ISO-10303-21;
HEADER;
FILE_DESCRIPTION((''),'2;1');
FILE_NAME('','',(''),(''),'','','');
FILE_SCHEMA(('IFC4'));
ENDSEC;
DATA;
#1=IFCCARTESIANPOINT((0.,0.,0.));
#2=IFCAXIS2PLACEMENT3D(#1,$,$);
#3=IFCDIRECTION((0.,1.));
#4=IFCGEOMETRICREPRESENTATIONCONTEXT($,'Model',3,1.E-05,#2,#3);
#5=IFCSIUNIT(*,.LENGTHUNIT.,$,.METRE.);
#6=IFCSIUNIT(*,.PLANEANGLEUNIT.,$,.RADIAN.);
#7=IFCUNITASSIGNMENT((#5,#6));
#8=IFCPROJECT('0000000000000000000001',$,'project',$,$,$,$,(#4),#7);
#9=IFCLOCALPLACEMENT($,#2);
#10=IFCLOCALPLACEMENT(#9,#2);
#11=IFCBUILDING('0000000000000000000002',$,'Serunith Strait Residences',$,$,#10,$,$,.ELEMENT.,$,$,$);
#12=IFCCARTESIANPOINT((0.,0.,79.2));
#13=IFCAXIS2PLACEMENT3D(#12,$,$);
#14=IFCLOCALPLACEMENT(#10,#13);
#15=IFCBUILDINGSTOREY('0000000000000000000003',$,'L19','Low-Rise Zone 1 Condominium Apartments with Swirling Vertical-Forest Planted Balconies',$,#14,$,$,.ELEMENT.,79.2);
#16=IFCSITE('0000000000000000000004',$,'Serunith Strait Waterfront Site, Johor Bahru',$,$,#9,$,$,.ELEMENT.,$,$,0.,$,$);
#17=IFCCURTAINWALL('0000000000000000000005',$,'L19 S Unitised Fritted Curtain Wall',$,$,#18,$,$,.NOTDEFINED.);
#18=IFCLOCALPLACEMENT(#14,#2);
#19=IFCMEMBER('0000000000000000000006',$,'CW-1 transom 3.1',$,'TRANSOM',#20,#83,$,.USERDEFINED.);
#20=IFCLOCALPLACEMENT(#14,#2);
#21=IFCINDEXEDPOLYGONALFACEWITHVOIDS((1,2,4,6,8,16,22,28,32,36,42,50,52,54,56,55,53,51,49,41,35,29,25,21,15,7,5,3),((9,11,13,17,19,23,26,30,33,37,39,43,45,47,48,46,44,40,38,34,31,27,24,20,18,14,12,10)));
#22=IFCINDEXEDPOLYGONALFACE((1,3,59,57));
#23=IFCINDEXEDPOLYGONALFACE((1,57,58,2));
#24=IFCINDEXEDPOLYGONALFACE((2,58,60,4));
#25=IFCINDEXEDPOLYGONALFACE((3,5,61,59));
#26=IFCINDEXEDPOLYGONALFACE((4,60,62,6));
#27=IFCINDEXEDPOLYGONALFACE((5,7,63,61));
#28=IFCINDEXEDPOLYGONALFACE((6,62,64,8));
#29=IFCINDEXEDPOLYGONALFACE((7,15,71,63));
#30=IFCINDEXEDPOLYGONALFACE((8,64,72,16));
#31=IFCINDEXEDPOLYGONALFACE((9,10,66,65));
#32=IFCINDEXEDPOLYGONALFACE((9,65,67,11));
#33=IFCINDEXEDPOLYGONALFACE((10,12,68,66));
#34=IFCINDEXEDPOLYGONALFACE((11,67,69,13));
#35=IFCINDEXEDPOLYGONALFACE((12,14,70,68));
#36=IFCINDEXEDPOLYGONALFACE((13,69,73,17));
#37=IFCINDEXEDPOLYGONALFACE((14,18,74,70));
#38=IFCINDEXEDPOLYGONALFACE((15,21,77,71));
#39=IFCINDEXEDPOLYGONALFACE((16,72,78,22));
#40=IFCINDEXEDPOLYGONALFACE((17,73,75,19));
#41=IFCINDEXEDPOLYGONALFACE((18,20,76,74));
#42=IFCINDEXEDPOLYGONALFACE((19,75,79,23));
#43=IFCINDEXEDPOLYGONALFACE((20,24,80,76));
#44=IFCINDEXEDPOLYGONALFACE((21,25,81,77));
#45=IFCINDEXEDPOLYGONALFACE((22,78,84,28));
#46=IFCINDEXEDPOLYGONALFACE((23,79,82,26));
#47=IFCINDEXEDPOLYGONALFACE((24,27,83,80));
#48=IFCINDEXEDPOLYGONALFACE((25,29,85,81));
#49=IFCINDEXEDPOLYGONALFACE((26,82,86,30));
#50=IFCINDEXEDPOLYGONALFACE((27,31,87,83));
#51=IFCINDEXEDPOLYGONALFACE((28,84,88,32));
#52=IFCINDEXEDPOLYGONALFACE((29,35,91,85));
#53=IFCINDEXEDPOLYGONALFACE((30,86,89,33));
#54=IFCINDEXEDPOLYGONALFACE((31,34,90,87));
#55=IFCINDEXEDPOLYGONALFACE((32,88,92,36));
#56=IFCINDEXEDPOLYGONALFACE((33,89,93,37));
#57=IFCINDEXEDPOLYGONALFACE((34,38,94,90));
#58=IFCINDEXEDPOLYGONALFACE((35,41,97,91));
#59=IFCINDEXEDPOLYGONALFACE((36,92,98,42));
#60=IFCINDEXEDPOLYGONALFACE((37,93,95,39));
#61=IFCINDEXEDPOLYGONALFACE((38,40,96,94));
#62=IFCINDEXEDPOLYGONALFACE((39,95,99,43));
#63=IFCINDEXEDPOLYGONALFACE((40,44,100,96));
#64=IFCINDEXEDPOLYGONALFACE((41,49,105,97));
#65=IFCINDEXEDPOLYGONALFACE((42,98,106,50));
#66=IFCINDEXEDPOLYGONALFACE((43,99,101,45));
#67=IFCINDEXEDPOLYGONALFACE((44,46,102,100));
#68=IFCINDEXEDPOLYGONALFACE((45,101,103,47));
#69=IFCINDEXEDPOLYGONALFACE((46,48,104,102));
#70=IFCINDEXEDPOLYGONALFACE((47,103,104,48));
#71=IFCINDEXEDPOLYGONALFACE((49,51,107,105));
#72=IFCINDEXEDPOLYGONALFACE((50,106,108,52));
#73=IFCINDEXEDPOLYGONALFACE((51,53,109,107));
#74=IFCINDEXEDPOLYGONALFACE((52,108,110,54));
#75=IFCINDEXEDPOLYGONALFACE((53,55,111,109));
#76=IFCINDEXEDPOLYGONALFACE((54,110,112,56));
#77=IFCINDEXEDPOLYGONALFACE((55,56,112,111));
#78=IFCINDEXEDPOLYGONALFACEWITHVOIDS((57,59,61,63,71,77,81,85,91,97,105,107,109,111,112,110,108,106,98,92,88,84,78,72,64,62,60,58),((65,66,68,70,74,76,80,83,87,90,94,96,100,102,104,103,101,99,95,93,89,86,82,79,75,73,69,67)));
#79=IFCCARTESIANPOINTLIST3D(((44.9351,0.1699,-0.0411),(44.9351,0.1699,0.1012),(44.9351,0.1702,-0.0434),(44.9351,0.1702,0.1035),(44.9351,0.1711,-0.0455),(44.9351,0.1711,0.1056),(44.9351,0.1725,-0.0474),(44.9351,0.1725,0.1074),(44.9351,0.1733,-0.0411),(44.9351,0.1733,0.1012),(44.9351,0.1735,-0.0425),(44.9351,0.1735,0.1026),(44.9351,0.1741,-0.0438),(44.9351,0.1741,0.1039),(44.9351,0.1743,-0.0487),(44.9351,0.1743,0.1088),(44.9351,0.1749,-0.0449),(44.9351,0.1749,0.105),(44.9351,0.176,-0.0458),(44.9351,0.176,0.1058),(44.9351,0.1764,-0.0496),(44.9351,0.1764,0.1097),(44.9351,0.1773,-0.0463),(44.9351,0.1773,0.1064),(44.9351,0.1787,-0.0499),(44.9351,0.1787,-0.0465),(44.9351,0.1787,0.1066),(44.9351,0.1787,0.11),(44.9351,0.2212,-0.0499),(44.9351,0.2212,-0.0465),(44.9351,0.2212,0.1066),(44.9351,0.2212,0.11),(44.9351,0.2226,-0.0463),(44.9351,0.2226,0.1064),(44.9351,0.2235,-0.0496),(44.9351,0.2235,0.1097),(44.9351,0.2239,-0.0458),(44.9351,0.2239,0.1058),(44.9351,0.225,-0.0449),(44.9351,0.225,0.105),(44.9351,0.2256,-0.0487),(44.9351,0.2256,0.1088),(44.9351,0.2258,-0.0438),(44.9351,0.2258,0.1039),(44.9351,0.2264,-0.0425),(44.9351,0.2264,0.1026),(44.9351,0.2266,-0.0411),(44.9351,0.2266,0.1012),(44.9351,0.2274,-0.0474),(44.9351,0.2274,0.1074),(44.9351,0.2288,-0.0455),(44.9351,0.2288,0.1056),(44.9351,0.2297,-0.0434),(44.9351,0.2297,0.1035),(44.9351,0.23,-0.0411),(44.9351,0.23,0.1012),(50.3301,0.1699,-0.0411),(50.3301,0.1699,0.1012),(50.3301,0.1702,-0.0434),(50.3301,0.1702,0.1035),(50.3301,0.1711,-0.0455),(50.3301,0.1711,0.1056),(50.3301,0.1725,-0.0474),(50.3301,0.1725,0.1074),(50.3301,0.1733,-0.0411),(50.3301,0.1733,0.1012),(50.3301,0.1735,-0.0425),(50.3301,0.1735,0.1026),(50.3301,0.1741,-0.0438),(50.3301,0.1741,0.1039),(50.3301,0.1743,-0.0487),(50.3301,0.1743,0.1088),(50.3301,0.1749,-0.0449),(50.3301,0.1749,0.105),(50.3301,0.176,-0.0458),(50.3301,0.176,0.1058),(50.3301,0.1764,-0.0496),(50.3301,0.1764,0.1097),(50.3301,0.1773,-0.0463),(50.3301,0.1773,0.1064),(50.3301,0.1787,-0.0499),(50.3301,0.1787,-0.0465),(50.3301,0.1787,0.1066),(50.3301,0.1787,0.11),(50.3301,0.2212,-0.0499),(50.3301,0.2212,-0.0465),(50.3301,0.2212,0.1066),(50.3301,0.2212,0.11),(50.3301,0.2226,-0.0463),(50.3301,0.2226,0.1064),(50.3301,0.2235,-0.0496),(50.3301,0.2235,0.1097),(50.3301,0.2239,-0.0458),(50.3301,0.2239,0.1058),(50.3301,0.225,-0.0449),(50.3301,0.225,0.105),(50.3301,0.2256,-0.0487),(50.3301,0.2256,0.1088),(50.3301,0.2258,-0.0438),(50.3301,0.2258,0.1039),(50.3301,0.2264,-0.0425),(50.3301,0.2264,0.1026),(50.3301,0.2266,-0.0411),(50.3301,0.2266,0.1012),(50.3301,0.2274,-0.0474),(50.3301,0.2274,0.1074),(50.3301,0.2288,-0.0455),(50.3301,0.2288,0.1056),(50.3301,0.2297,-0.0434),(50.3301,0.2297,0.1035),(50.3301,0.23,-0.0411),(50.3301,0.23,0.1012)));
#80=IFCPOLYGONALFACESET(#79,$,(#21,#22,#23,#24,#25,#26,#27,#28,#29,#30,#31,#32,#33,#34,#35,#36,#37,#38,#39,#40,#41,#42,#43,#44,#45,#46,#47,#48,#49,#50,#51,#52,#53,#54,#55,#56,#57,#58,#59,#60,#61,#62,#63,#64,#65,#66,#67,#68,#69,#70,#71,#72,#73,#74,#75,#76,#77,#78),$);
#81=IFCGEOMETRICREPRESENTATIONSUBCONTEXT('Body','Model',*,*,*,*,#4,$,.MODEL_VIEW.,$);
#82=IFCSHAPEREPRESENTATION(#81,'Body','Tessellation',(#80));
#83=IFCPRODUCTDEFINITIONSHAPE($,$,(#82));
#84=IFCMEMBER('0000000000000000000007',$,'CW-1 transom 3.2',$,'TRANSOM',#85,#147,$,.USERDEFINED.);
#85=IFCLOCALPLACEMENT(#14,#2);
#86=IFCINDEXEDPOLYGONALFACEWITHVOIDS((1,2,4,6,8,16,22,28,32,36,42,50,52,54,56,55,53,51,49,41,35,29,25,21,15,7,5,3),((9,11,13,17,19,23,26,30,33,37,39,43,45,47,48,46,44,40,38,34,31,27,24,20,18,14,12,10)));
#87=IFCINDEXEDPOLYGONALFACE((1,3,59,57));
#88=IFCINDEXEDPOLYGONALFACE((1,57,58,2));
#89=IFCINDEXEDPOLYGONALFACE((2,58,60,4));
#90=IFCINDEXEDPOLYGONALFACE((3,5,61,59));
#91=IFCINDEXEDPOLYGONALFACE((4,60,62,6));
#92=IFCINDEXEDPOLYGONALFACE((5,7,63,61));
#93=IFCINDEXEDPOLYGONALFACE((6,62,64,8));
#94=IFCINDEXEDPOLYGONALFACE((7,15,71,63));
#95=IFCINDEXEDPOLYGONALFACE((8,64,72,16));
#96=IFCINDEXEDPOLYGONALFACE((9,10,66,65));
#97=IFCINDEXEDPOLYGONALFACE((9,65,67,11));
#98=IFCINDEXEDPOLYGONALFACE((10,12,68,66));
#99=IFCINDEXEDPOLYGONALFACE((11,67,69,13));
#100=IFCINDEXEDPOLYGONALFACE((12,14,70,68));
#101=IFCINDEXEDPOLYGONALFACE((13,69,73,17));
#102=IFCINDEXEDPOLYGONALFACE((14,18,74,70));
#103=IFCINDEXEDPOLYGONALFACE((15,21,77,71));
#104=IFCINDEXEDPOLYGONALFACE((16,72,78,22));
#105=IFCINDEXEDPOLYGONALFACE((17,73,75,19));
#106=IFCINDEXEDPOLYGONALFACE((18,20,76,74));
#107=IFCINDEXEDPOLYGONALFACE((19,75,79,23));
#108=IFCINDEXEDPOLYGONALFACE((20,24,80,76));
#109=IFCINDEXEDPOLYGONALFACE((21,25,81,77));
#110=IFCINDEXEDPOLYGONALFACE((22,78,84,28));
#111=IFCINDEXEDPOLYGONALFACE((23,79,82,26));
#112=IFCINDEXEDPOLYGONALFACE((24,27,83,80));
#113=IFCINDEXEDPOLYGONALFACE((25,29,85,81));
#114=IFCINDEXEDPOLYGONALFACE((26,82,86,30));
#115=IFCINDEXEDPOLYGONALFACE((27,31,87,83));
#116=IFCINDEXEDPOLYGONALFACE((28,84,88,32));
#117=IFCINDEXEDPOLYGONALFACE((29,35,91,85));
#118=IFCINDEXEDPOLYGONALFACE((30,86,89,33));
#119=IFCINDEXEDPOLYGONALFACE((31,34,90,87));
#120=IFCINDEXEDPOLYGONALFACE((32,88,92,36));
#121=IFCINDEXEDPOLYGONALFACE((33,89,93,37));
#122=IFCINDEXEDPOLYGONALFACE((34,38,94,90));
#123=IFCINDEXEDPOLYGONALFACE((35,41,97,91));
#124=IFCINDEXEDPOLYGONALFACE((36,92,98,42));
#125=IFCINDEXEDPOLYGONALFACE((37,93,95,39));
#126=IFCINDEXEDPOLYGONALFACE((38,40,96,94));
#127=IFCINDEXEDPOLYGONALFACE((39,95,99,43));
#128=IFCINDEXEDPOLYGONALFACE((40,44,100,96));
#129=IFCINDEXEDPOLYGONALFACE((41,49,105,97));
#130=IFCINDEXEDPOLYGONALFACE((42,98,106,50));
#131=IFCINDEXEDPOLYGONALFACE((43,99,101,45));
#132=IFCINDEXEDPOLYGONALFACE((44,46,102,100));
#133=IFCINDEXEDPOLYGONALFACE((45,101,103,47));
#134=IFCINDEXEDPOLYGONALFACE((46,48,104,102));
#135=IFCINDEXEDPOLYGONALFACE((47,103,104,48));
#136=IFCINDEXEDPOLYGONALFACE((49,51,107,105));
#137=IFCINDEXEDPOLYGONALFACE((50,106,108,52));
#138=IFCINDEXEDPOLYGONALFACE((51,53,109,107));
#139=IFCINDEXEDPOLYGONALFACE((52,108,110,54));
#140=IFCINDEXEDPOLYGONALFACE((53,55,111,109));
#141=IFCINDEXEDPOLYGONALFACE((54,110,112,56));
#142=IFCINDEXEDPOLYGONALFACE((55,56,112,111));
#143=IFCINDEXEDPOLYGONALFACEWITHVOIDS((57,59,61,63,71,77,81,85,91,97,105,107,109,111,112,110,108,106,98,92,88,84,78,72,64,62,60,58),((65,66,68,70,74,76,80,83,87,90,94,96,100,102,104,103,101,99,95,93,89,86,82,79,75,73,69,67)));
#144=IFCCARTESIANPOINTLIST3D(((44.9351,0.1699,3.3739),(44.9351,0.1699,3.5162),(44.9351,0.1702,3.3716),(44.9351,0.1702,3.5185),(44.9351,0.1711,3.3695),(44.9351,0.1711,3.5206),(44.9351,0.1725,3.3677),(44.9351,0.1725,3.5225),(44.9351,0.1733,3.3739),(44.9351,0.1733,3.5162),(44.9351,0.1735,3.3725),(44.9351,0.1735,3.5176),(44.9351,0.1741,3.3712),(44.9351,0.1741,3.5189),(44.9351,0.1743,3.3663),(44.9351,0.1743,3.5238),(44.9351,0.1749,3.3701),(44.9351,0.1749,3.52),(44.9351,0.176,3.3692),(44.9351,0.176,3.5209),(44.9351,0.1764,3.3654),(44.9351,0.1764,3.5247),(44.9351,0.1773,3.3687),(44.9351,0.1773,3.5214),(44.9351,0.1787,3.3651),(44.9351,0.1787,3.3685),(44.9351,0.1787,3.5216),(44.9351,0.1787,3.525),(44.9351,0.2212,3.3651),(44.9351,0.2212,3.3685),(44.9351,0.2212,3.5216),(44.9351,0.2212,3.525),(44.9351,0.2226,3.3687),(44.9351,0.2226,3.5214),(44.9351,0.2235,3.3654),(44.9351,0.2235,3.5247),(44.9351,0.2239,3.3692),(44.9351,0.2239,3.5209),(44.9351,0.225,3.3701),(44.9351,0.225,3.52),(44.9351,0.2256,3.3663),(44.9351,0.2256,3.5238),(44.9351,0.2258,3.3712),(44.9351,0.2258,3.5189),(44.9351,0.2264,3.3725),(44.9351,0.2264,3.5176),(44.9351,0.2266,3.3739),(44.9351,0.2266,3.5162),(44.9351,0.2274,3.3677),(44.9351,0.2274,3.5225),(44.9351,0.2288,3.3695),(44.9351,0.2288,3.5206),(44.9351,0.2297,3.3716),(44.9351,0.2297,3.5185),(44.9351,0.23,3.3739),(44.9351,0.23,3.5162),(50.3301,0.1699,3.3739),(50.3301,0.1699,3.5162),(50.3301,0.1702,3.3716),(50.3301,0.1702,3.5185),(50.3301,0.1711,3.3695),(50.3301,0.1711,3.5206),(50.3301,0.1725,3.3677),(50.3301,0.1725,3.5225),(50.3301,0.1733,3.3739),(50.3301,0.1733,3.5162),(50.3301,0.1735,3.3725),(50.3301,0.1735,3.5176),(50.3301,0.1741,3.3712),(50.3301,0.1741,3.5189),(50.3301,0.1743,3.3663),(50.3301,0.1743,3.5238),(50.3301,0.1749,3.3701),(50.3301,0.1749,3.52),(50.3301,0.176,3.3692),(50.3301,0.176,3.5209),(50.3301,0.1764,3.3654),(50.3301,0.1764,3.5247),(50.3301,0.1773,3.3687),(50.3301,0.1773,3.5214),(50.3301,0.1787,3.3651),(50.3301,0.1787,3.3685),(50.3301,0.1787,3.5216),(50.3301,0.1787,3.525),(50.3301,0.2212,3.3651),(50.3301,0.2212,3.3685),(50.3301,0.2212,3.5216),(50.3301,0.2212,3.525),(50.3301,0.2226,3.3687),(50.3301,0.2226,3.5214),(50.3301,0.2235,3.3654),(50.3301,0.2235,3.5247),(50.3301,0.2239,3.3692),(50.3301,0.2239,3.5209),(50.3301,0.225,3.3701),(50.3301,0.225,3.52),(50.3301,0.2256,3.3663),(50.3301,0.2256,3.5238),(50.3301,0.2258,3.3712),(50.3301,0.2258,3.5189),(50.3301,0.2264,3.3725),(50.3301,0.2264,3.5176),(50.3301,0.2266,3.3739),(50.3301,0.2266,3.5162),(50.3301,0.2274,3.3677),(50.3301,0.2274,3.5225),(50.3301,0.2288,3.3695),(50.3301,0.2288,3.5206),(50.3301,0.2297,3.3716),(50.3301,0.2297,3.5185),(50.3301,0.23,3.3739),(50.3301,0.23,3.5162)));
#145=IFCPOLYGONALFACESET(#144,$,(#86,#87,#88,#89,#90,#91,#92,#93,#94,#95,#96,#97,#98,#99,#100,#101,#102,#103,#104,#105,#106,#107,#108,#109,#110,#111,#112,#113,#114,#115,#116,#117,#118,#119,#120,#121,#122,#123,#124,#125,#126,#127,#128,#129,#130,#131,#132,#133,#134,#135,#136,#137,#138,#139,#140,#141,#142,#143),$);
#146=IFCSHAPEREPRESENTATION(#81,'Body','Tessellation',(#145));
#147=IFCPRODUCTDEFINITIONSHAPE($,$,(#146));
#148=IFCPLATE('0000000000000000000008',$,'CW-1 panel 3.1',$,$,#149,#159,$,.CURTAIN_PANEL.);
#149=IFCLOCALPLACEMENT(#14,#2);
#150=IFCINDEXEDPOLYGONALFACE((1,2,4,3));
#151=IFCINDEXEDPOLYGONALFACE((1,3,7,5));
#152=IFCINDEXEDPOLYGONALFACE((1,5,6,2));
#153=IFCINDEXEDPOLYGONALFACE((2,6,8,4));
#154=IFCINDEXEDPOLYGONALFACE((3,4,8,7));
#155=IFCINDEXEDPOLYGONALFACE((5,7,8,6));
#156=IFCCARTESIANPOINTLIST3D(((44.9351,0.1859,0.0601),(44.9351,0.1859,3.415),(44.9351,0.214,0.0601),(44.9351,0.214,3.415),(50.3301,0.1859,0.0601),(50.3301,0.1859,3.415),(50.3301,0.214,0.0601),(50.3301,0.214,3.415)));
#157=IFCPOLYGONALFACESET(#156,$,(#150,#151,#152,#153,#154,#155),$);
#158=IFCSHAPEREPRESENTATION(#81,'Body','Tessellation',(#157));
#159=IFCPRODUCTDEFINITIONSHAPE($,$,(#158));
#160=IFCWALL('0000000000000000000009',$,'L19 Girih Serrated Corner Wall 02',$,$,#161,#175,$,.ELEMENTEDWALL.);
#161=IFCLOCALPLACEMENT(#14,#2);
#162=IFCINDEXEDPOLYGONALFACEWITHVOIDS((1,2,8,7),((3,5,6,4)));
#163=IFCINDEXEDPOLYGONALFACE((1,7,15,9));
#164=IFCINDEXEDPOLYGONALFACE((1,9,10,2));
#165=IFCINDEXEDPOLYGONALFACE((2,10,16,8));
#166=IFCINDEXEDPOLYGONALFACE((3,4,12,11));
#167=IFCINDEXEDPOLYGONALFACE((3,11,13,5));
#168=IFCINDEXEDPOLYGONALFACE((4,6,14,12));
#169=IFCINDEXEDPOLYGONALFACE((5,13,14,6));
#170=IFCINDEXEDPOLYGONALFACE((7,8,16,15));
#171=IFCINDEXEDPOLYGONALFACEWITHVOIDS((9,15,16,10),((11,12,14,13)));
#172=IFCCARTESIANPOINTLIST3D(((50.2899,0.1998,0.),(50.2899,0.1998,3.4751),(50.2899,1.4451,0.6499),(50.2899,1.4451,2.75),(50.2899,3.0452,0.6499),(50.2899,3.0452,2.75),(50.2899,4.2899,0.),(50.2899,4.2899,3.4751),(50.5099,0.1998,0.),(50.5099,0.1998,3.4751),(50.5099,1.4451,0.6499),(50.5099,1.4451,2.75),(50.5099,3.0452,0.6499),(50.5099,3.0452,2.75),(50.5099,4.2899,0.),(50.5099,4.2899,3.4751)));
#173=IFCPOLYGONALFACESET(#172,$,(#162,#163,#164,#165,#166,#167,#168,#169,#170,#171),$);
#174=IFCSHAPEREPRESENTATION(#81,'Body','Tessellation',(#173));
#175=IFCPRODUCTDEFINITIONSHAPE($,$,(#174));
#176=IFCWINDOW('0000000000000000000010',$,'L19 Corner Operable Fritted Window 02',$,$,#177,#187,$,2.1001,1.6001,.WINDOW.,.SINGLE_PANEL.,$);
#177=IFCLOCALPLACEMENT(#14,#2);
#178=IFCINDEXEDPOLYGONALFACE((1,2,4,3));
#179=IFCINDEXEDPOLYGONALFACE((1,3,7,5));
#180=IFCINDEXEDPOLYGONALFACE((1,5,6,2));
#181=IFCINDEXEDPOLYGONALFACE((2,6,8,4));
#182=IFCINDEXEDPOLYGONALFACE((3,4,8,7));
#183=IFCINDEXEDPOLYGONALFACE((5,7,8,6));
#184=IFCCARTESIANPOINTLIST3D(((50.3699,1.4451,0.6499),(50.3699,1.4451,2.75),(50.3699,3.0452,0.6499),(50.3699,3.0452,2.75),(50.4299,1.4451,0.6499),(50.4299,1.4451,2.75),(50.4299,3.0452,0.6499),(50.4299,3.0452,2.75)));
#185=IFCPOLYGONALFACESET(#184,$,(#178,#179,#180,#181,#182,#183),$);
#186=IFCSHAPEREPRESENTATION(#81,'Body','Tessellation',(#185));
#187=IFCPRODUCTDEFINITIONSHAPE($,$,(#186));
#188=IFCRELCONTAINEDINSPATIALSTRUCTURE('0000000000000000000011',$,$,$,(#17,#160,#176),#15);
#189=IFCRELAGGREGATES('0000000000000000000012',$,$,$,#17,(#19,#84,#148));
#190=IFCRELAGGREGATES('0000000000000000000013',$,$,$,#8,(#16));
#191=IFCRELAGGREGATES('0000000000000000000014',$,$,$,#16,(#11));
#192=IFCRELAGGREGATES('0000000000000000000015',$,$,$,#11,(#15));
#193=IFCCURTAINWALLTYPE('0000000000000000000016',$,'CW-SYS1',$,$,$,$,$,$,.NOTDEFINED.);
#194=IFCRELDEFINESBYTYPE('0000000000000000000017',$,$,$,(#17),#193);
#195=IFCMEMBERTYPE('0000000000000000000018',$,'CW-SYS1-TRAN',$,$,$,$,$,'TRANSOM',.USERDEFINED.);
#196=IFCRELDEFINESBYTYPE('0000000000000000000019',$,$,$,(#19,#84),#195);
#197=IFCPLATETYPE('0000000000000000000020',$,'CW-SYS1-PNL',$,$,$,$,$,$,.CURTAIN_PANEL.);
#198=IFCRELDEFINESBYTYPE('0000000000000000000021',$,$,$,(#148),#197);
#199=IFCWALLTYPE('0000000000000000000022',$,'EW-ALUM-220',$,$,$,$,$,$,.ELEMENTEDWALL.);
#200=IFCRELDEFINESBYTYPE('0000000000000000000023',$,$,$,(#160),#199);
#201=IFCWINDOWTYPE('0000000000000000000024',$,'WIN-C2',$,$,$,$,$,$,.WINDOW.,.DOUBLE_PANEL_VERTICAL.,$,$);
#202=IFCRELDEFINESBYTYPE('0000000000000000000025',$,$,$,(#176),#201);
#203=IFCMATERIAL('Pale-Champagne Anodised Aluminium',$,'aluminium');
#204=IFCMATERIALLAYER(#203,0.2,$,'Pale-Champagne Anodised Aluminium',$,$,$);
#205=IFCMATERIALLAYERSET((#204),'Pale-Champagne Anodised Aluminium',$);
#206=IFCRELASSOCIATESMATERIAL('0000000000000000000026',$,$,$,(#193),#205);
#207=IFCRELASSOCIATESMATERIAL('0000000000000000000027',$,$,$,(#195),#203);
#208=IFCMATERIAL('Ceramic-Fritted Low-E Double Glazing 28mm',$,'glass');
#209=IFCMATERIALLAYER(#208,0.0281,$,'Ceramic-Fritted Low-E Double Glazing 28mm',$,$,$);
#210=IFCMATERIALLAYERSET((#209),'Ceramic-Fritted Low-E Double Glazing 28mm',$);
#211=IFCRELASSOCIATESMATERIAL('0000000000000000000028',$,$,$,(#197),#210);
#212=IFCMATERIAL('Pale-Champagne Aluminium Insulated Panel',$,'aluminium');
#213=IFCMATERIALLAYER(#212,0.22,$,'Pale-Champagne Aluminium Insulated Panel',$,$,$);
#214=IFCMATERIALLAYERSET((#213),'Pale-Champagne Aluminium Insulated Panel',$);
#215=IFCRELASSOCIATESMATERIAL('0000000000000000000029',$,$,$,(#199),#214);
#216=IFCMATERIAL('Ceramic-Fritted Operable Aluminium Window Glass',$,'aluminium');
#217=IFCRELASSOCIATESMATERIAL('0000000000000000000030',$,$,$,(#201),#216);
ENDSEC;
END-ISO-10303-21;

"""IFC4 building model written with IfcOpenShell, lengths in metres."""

from ifc_helpers import new_model, si_unit, direction, frame, frame_2d, origin, origin_2d, place, context, subcontext, project, spatial, rectangle, hollow_rectangle, extrude, source, transform, mapped, material, layer, layer_set, material_profile, profile_set, type_object, element, fill, aggregate, save


model = new_model("IFC4")

# Units and contexts
model_context = context("Model", 3, precision=1e-05, world=origin(), true_north=direction((0.0, 1.0)))
body_context = subcontext(model_context, "Body", "Model", "MODEL_VIEW")
ifc_project = project(units=[si_unit("LENGTHUNIT", "METRE"), si_unit("PLANEANGLEUNIT", "RADIAN")], contexts=[model_context])

# Site, building, storey
site_placement = place(None, origin())
site = spatial("IfcSite", under=ifc_project, at=site_placement, Name="Serunith Strait Waterfront Site, Johor Bahru", CompositionType="ELEMENT", RefElevation=0.0)
building_placement = place(site_placement, origin())
building = spatial("IfcBuilding", under=site, at=building_placement, Name="Serunith Strait Residences", CompositionType="ELEMENT")
storey_placement = place(building_placement, frame((0.0, 0.0, 79.2)))
storey = spatial("IfcBuildingStorey", under=building, at=storey_placement, Name="L19", Description="Low-Rise Zone 1 Condominium Apartments with Swirling Vertical-Forest Planted Balconies", CompositionType="ELEMENT", Elevation=79.2)

# Curtain wall
ifc_material_1 = material(Name="Pale-Champagne Anodised Aluminium", Category="aluminium")
ifc_layer_1 = layer(ifc_material_1, 0.2, Name="Pale-Champagne Anodised Aluminium")
ifc_layer_set_1 = layer_set([ifc_layer_1], Name="Pale-Champagne Anodised Aluminium")
curtain_wall_type = type_object("IfcCurtainWallType", Name="CW-SYS1", PredefinedType="NOTDEFINED", material=ifc_layer_set_1)
curtain_wall_1_placement = place(storey_placement, origin())
curtain_wall_1 = element("IfcCurtainWall", 1, at=curtain_wall_1_placement, inside=storey, type_object=curtain_wall_type, Name="L19 S Unitised Fritted Curtain Wall", PredefinedType="NOTDEFINED")
ifc_material_profile_1 = material_profile(ifc_material_1, hollow_rectangle(XDim=0.0601, YDim=0.1599, WallThickness=0.0034, InnerFilletRadius=0.0054, OuterFilletRadius=0.0088, at=origin_2d()), Name="ALU 160x60x3.5")
ifc_profile_set_1 = profile_set([ifc_material_profile_1], Name="Pale-Champagne Anodised Aluminium")
member_type_1 = type_object("IfcMemberType", Name="CW-SYS1-TRAN", ElementType="TRANSOM", PredefinedType="USERDEFINED", material=ifc_profile_set_1)

# Members
shared_shape_1 = source(origin(), body_context, "Body", "SweptSolid", [
    extrude(hollow_rectangle(XDim=0.0601, YDim=0.1599, WallThickness=0.0034, InnerFilletRadius=0.0054, OuterFilletRadius=0.0088, at=origin_2d()), origin(), (0.0, 0.0, 1.0), 5.395),
])
member_1_placement = place(storey_placement, frame((44.9351, 0.2, 0.03), z_axis=(1.0, 0.0, 0.0), x_axis=(0.0, 1.0, 0.0)))
member_1 = element("IfcMember", 2, at=member_1_placement, type_object=member_type_1, Name="CW-1 transom 3.1", ObjectType="TRANSOM", PredefinedType="USERDEFINED", context=body_context, shape_type="MappedRepresentation", body=[
    mapped(shared_shape_1, transform((0.0, 0.0, 0.0), scale=1.0)),
])
member_2_placement = place(storey_placement, frame((44.9351, 0.2, 3.4451), z_axis=(1.0, 0.0, 0.0), x_axis=(0.0, 1.0, 0.0)))
member_2 = element("IfcMember", 3, at=member_2_placement, type_object=member_type_1, Name="CW-1 transom 3.2", ObjectType="TRANSOM", PredefinedType="USERDEFINED", context=body_context, shape_type="MappedRepresentation", body=[
    mapped(shared_shape_1, transform((0.0, 0.0, 0.0), scale=1.0)),
])

# Plate
ifc_material_2 = material(Name="Ceramic-Fritted Low-E Double Glazing 28mm", Category="glass")
ifc_layer_2 = layer(ifc_material_2, 0.0281, Name="Ceramic-Fritted Low-E Double Glazing 28mm")
ifc_layer_set_2 = layer_set([ifc_layer_2], Name="Ceramic-Fritted Low-E Double Glazing 28mm")
plate_type = type_object("IfcPlateType", Name="CW-SYS1-PNL", PredefinedType="CURTAIN_PANEL", material=ifc_layer_set_2)
shared_shape_2 = source(origin(), body_context, "Body", "SweptSolid", [
    extrude(rectangle(XDim=5.395, YDim=0.0281, at=origin_2d()), origin(), (0.0, 0.0, 1.0), 3.355),
])
plate_placement = place(storey_placement, frame((47.6326, 0.2, 0.0601), z_axis=(0.0, 0.0, 1.0), x_axis=(1.0, 0.0, 0.0)))
plate = element("IfcPlate", 4, at=plate_placement, type_object=plate_type, Name="CW-1 panel 3.1", PredefinedType="CURTAIN_PANEL", context=body_context, shape_type="MappedRepresentation", body=[
    mapped(shared_shape_2, transform((0.0, 0.0, 0.0), scale=1.0)),
])
aggregate(curtain_wall_1, [member_1, member_2, plate])

# Wall, opening, window
ifc_material_3 = material(Name="Pale-Champagne Aluminium Insulated Panel", Category="aluminium")
ifc_layer_3 = layer(ifc_material_3, 0.22, Name="Pale-Champagne Aluminium Insulated Panel")
ifc_layer_set_3 = layer_set([ifc_layer_3], Name="Pale-Champagne Aluminium Insulated Panel")
wall_type_1 = type_object("IfcWallType", Name="EW-ALUM-220", PredefinedType="ELEMENTEDWALL", material=ifc_layer_set_3)
wall_1_placement = place(storey_placement, frame((50.3999, 0.2, 0.0), z_axis=(0.0, 0.0, 1.0), x_axis=(0.0, 1.0, 0.0)))
wall_1 = element("IfcWall", 5, at=wall_1_placement, inside=storey, type_object=wall_type_1, Name="L19 Girih Serrated Corner Wall 02", PredefinedType="ELEMENTEDWALL", context=body_context, shape_type="SweptSolid", body=[
    extrude(rectangle(XDim=4.0901, YDim=0.22, at=frame_2d((2.0449, 0.0))), origin(), (0.0, 0.0, 1.0), 3.4751),
])
opening_1_placement = place(wall_1_placement, frame((1.2451, 0.0, 0.6499)))
opening_1 = element("IfcOpeningElement", 6, at=opening_1_placement, cuts=wall_1, PredefinedType="OPENING", context=body_context, shape_type="SweptSolid", body=[
    extrude(rectangle(XDim=1.6001, YDim=2.1001, at=frame_2d((0.8, 1.05))), frame((0.0, 0.1201, 0.0), z_axis=(0.0, -1.0, 0.0), x_axis=(1.0, 0.0, 0.0)), (0.0, 0.0, 1.0), 0.24),
])
ifc_material_4 = material(Name="Ceramic-Fritted Operable Aluminium Window Glass", Category="aluminium")
window_type = type_object("IfcWindowType", Name="WIN-C2", PartitioningType="DOUBLE_PANEL_VERTICAL", PredefinedType="WINDOW", material=ifc_material_4)
shared_shape_3 = source(origin(), body_context, "Body", "SweptSolid", [
    extrude(rectangle(XDim=1.6001, YDim=2.1001, at=frame_2d((0.8, 1.05))), frame((0.0, 0.03, 0.0), z_axis=(0.0, -1.0, 0.0), x_axis=(1.0, 0.0, 0.0)), (0.0, 0.0, 1.0), 0.0601),
])
window_1_placement = place(opening_1_placement, origin())
window_1 = element("IfcWindow", 7, at=window_1_placement, inside=storey, type_object=window_type, Name="L19 Corner Operable Fritted Window 02", OverallHeight=2.1001, OverallWidth=1.6001, PartitioningType="SINGLE_PANEL", PredefinedType="WINDOW", context=body_context, shape_type="MappedRepresentation", body=[
    mapped(shared_shape_3, transform((0.0, 0.0, 0.0), scale=1.0)),
])
fill(opening_1, window_1)

save(model, "model.ifc")
